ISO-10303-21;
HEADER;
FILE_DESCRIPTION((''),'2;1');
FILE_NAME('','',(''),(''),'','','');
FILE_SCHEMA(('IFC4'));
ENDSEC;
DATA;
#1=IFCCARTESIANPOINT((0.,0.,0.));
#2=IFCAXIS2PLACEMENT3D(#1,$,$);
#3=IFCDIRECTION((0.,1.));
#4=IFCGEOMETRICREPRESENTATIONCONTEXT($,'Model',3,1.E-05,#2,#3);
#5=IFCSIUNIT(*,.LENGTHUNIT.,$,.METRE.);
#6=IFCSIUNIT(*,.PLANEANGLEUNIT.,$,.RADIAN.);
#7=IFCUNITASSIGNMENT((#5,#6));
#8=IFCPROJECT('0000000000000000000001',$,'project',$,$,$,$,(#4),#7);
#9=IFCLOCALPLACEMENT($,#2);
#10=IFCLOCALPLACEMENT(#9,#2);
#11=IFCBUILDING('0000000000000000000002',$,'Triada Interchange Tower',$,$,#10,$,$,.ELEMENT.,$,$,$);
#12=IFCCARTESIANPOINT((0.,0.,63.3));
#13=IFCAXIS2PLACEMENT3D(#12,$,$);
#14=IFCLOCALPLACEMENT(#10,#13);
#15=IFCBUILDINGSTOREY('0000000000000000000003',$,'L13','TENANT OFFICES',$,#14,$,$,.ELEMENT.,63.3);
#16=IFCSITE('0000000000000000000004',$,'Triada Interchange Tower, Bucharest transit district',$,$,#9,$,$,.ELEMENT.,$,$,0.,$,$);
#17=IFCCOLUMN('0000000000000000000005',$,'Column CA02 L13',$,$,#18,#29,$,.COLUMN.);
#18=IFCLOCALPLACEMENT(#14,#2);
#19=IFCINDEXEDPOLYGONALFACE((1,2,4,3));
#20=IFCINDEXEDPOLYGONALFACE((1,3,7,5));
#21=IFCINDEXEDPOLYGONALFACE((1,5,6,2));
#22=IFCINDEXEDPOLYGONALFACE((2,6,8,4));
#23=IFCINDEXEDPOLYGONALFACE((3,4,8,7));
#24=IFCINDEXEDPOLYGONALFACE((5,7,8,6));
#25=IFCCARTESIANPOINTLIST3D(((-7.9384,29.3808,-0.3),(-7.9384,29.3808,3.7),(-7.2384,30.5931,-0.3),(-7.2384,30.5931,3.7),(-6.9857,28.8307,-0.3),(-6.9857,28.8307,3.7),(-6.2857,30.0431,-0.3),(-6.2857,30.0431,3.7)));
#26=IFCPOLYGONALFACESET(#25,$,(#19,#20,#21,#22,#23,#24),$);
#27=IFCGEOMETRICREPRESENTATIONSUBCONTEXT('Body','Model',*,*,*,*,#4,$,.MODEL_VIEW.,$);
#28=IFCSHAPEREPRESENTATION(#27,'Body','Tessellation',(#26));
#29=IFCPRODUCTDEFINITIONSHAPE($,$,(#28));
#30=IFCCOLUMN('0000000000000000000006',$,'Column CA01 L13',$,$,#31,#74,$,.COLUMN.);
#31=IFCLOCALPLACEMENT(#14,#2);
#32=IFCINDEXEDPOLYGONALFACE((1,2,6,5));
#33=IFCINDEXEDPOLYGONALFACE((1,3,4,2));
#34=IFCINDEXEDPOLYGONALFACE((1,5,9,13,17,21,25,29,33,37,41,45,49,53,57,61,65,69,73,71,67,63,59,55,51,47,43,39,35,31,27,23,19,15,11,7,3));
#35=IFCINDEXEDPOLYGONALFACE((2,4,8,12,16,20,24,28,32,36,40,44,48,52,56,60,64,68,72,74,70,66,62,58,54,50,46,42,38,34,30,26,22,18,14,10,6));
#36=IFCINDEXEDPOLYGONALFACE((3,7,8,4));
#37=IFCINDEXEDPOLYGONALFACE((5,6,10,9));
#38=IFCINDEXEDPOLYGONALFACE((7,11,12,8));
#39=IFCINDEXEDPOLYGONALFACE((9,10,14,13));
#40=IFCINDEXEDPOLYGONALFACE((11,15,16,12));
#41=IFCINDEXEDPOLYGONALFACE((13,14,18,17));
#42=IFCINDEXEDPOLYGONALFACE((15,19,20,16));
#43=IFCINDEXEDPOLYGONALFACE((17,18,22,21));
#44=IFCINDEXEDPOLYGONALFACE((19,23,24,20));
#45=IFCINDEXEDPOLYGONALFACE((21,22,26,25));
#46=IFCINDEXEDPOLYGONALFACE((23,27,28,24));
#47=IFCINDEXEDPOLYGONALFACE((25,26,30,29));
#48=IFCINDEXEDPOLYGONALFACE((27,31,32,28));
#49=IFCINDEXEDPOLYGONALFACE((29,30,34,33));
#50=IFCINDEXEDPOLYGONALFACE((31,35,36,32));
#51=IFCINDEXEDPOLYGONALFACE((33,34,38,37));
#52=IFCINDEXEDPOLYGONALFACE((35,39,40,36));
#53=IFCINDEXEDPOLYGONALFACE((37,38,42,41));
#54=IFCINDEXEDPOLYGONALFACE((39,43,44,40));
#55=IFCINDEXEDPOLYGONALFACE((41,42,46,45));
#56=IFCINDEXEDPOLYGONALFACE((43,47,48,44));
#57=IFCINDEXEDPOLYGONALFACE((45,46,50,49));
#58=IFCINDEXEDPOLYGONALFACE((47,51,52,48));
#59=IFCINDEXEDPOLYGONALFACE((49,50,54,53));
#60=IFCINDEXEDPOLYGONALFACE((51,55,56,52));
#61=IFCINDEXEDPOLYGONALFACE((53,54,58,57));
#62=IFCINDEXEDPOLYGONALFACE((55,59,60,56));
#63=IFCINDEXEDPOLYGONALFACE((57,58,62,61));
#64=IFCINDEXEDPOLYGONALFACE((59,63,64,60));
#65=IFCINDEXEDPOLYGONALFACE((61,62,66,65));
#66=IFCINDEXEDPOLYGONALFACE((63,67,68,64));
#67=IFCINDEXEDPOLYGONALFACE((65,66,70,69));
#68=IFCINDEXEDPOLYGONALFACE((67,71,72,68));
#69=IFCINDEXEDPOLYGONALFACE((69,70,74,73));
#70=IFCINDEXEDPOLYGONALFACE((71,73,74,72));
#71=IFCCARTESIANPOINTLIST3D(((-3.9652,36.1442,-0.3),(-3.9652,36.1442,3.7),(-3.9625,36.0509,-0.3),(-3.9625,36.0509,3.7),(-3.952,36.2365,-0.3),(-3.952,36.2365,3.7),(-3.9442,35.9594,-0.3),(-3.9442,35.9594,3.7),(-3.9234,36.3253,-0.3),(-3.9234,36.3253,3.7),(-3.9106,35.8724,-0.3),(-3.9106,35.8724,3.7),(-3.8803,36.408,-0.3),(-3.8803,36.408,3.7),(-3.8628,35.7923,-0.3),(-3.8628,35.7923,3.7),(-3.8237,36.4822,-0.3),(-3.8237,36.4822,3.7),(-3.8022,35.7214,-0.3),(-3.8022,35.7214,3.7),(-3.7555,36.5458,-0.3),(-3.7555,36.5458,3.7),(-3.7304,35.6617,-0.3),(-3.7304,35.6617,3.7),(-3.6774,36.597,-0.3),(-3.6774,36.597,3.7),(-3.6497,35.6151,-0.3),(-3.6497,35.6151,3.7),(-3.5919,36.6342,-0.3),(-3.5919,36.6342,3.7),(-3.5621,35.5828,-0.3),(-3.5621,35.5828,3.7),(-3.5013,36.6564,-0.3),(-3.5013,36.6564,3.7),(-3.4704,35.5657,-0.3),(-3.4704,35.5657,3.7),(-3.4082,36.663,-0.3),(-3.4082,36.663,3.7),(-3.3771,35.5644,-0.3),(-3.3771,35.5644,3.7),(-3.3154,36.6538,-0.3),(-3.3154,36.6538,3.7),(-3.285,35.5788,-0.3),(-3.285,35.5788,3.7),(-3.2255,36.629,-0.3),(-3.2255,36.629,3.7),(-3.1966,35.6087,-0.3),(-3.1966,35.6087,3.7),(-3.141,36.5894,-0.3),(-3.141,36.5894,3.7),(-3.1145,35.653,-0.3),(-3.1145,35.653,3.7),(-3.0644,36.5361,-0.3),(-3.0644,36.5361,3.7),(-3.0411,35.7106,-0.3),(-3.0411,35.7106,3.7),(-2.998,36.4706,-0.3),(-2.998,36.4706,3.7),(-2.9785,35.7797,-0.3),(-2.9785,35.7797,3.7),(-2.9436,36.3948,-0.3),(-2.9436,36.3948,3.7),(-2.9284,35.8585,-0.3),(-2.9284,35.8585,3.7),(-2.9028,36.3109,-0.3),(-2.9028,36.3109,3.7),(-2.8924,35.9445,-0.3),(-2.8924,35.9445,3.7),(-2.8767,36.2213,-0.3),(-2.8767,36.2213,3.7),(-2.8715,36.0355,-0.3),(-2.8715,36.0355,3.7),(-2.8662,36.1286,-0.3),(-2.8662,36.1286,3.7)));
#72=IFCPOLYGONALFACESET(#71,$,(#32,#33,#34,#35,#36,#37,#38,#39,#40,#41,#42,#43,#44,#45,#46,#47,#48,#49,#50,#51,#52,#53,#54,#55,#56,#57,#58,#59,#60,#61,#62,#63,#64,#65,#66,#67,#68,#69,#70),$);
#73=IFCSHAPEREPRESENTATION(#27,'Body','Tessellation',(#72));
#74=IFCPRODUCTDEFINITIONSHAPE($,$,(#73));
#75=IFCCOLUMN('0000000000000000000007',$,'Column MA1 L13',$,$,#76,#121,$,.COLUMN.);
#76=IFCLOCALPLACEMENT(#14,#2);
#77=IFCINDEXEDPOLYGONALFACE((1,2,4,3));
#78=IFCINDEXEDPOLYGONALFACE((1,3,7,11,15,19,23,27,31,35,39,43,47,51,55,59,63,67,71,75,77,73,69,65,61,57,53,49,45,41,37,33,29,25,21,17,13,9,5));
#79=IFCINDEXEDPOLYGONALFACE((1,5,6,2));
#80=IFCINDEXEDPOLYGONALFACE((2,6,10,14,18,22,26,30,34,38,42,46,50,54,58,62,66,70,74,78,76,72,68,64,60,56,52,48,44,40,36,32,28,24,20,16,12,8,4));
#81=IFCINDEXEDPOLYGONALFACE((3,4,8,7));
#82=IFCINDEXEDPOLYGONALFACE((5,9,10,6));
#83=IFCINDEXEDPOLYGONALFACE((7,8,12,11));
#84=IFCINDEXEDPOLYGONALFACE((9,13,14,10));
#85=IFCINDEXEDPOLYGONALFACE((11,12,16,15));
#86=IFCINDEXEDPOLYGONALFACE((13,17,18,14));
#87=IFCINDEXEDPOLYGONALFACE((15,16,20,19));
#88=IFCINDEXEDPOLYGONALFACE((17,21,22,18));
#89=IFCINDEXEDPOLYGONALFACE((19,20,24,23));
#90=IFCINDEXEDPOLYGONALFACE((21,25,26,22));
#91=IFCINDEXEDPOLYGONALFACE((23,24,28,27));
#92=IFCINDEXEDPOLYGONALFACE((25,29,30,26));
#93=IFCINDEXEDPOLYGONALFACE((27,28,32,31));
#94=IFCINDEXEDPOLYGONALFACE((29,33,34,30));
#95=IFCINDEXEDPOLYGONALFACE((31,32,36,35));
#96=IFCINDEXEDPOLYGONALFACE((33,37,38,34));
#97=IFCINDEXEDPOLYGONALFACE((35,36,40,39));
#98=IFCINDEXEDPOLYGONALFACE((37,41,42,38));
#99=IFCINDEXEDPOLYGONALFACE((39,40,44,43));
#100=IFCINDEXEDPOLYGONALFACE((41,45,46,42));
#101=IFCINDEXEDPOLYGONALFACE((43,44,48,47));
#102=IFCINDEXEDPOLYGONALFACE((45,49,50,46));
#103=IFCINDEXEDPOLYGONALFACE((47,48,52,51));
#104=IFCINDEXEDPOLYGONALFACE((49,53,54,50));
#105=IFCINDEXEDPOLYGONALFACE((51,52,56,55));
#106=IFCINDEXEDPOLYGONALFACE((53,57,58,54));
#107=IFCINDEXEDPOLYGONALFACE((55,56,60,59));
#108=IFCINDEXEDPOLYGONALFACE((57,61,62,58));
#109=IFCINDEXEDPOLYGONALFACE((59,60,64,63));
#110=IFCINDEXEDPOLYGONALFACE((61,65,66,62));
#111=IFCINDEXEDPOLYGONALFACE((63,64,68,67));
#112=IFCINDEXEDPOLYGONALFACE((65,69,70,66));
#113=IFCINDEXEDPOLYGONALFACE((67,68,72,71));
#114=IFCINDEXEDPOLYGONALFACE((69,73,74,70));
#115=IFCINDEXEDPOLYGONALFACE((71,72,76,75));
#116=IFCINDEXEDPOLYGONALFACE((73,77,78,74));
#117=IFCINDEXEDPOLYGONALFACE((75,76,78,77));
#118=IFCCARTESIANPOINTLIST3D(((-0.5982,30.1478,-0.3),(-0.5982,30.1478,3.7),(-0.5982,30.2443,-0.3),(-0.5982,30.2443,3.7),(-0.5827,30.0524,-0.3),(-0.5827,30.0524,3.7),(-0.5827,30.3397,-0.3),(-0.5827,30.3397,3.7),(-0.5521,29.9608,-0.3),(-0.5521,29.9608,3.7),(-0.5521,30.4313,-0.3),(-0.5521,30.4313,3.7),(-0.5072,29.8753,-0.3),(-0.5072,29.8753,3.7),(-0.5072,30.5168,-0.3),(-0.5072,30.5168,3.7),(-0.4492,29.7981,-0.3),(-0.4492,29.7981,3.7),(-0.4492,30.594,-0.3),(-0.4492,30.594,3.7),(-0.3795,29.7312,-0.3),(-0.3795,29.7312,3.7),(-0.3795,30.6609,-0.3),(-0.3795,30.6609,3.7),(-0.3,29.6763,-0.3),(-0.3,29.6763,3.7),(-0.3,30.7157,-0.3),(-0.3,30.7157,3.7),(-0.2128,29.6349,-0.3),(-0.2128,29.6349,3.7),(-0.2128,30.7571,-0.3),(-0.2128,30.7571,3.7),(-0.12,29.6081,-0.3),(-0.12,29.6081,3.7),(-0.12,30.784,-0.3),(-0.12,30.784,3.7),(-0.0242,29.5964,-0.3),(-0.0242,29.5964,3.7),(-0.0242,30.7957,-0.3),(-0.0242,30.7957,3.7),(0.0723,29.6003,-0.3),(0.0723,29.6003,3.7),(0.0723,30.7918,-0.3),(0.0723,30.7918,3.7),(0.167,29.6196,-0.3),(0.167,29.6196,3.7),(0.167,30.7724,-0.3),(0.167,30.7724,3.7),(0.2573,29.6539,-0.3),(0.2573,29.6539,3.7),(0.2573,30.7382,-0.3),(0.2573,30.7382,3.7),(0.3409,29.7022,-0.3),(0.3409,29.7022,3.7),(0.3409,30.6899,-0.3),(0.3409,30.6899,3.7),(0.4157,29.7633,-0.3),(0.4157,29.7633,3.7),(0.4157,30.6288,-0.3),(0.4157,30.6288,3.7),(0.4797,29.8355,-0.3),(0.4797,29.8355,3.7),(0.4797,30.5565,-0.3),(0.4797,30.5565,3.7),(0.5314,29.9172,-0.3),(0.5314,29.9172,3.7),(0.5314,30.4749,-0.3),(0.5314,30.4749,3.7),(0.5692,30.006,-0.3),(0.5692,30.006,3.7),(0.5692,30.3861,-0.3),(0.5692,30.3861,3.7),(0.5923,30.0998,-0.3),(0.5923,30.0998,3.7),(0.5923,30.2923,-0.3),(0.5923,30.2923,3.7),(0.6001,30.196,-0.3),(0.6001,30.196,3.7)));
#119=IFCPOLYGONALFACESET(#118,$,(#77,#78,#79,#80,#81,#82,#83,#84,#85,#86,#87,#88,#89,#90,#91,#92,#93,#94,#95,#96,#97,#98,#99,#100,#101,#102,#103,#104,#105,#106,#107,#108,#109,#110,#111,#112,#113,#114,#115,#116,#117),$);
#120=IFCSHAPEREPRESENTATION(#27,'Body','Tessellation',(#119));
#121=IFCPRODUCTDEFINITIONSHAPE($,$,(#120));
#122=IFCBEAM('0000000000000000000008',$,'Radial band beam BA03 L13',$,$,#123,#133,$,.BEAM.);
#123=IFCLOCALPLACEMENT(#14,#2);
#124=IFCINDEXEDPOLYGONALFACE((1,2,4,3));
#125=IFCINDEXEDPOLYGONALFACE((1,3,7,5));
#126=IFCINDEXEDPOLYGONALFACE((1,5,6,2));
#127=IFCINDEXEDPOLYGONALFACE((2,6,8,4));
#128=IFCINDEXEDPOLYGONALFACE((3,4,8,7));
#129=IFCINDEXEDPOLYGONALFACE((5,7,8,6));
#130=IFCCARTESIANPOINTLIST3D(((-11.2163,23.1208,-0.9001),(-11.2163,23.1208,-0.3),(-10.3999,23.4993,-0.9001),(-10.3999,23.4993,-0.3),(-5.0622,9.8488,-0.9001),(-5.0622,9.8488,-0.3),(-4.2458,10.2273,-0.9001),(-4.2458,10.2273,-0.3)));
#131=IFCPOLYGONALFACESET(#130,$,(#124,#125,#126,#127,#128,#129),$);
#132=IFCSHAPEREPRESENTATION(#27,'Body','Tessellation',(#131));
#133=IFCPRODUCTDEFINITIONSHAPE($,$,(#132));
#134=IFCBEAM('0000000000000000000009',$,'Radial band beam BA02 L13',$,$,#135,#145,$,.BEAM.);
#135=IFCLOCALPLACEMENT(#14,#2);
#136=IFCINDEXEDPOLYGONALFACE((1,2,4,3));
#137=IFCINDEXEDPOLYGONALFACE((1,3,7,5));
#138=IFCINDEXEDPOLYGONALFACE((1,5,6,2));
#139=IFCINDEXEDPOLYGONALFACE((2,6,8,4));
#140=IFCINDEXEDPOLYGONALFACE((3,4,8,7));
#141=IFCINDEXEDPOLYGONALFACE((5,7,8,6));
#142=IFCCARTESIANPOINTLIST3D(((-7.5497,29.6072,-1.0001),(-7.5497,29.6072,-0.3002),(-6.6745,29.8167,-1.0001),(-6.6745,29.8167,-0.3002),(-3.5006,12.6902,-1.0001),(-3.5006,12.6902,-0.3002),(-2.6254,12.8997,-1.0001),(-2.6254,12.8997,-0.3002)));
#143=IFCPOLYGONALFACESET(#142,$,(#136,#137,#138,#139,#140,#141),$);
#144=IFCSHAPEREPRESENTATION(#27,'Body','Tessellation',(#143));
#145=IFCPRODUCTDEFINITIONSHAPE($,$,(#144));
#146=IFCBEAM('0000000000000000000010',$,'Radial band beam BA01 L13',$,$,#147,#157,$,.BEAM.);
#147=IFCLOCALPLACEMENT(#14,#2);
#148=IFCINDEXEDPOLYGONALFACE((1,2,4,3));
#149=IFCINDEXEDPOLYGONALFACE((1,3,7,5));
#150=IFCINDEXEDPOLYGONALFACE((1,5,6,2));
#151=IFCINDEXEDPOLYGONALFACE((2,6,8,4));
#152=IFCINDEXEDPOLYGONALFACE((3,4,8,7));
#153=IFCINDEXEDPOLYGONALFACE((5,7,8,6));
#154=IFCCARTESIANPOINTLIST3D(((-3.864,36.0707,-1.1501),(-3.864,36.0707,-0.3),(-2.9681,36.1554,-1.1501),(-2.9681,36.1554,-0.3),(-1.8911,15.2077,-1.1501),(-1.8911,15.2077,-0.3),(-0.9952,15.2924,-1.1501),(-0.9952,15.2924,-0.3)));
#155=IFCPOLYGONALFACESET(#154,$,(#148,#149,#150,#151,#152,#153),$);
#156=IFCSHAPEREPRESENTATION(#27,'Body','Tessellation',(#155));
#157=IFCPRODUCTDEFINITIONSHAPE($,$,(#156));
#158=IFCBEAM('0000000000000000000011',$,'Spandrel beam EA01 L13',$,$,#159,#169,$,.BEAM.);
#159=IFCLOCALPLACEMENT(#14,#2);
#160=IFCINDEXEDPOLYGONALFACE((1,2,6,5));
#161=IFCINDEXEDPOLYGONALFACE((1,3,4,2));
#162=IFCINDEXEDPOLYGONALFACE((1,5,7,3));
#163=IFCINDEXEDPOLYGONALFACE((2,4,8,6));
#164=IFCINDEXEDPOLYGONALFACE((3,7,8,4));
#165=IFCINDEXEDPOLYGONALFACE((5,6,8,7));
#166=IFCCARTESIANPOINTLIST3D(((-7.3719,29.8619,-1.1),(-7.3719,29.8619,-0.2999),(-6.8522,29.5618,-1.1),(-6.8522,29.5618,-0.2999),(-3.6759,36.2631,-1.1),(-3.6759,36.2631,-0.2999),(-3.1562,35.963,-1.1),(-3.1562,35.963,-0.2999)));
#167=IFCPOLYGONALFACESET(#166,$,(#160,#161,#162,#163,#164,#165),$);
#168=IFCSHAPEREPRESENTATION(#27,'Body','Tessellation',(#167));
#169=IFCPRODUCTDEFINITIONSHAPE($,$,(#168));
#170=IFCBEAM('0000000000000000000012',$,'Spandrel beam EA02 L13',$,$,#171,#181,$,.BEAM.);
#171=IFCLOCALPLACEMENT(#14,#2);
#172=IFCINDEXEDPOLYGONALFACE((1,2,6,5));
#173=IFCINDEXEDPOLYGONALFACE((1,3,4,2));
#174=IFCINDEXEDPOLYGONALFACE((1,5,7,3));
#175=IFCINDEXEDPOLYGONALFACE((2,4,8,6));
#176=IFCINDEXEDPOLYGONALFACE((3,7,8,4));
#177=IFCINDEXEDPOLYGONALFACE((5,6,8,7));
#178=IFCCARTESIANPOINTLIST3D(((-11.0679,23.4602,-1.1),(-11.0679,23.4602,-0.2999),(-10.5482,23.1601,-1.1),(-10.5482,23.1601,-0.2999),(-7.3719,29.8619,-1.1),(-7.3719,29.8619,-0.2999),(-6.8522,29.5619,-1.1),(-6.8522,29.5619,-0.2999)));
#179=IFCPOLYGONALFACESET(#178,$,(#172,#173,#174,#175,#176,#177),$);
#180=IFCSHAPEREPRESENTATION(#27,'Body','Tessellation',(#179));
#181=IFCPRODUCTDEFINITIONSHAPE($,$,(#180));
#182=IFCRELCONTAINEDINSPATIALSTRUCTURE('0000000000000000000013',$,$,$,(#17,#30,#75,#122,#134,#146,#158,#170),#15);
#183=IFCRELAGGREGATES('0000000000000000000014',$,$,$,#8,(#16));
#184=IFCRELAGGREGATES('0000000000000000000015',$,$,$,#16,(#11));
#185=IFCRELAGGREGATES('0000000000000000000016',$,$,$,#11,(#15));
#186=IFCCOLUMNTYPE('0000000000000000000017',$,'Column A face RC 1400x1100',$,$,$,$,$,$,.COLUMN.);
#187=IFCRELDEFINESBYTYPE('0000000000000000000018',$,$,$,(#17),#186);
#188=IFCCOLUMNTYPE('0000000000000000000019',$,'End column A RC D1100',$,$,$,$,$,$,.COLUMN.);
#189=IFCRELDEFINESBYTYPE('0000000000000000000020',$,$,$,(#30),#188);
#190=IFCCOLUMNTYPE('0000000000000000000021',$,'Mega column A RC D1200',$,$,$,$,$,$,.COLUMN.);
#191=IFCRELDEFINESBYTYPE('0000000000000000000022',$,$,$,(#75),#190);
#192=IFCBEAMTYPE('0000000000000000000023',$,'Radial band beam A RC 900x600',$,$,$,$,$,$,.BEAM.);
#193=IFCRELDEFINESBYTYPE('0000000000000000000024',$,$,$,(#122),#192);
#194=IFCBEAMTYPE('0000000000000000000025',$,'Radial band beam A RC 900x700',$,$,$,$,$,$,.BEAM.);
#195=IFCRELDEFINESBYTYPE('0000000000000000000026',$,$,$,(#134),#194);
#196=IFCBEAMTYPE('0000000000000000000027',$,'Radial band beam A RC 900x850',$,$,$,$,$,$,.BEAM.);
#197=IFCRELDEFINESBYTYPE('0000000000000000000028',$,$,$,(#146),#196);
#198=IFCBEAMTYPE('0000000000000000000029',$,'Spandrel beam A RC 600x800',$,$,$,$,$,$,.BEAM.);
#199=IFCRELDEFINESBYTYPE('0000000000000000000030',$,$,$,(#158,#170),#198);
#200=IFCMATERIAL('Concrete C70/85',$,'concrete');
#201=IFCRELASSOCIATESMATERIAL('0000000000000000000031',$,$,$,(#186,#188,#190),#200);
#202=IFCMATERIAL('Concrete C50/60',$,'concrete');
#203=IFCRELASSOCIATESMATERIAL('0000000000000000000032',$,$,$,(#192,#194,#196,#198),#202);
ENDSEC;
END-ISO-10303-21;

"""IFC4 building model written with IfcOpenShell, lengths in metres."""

from ifc_helpers import new_model, si_unit, direction, frame, origin, origin_2d, place, context, subcontext, project, spatial, rectangle, circle, extrude, material, material_profile, profile_set, type_object, element, save


model = new_model("IFC4")

# Units and contexts
model_context = context("Model", 3, precision=1e-05, world=origin(), true_north=direction((0.0, 1.0)))
body_context = subcontext(model_context, "Body", "Model", "MODEL_VIEW")
ifc_project = project(units=[si_unit("LENGTHUNIT", "METRE"), si_unit("PLANEANGLEUNIT", "RADIAN")], contexts=[model_context])

# Site, building, storey
site_placement = place(None, origin())
site = spatial("IfcSite", under=ifc_project, at=site_placement, Name="Triada Interchange Tower, Bucharest transit district", CompositionType="ELEMENT", RefElevation=0.0)
building_placement = place(site_placement, origin())
building = spatial("IfcBuilding", under=site, at=building_placement, Name="Triada Interchange Tower", CompositionType="ELEMENT")
storey_placement = place(building_placement, frame((0.0, 0.0, 63.3)))
storey = spatial("IfcBuildingStorey", under=building, at=storey_placement, Name="L13", Description="TENANT OFFICES", CompositionType="ELEMENT", Elevation=63.3)

# Columns
ifc_material_1 = material(Name="Concrete C70/85", Category="concrete")
ifc_material_profile_1 = material_profile(ifc_material_1, rectangle(XDim=1.3999, YDim=1.1001, at=origin_2d()), Name="RC 1400x1100")
ifc_profile_set_1 = profile_set([ifc_material_profile_1], Name="Concrete C70/85")
column_type_1 = type_object("IfcColumnType", Name="Column A face RC 1400x1100", PredefinedType="COLUMN", material=ifc_profile_set_1)
column_1_placement = place(storey_placement, frame((-7.1121, 29.7119, -0.3), z_axis=(0.0, 0.0, 1.0), x_axis=(0.5, 0.866025, 0.0)))
element("IfcColumn", 1, at=column_1_placement, inside=storey, type_object=column_type_1, Name="Column CA02 L13", PredefinedType="COLUMN", context=body_context, shape_type="SweptSolid", body=[
    extrude(rectangle(XDim=1.3999, YDim=1.1001, at=origin_2d()), origin(), (0.0, 0.0, 1.0), 4.0),
])
ifc_material_profile_2 = material_profile(ifc_material_1, circle(Radius=0.55, at=origin_2d()), Name="RC D1100")
ifc_profile_set_2 = profile_set([ifc_material_profile_2], Name="Concrete C70/85")
column_type_2 = type_object("IfcColumnType", Name="End column A RC D1100", PredefinedType="COLUMN", material=ifc_profile_set_2)
column_2_placement = place(storey_placement, frame((-3.416, 36.113, -0.3), z_axis=(0.0, 0.0, 1.0), x_axis=(0.5, 0.866025, 0.0)))
element("IfcColumn", 2, at=column_2_placement, inside=storey, type_object=column_type_2, Name="Column CA01 L13", PredefinedType="COLUMN", context=body_context, shape_type="SweptSolid", body=[
    extrude(circle(Radius=0.55, at=origin_2d()), origin(), (0.0, 0.0, 1.0), 4.0),
])
ifc_material_profile_3 = material_profile(ifc_material_1, circle(Radius=0.6001, at=origin_2d()), Name="RC D1200")
ifc_profile_set_3 = profile_set([ifc_material_profile_3], Name="Concrete C70/85")
column_type_3 = type_object("IfcColumnType", Name="Mega column A RC D1200", PredefinedType="COLUMN", material=ifc_profile_set_3)
column_3_placement = place(storey_placement, frame((0.0, 30.196, -0.3), z_axis=(0.0, 0.0, 1.0), x_axis=(1.0, 0.0, 0.0)))
element("IfcColumn", 3, at=column_3_placement, inside=storey, type_object=column_type_3, Name="Column MA1 L13", PredefinedType="COLUMN", context=body_context, shape_type="SweptSolid", body=[
    extrude(circle(Radius=0.6001, at=origin_2d()), origin(), (0.0, 0.0, 1.0), 4.0),
])

# Beams
ifc_material_2 = material(Name="Concrete C50/60", Category="concrete")
ifc_material_profile_4 = material_profile(ifc_material_2, rectangle(XDim=0.8999, YDim=0.6001, at=origin_2d()), Name="RC 900x600")
ifc_profile_set_4 = profile_set([ifc_material_profile_4], Name="Concrete C50/60")
beam_type_1 = type_object("IfcBeamType", Name="Radial band beam A RC 900x600", PredefinedType="BEAM", material=ifc_profile_set_4)
beam_1_placement = place(storey_placement, frame((-10.8081, 23.3101, -0.6001), z_axis=(0.420665, -0.907216, 0.0), x_axis=(0.907216, 0.420665, 0.0)))
element("IfcBeam", 4, at=beam_1_placement, inside=storey, type_object=beam_type_1, Name="Radial band beam BA03 L13", PredefinedType="BEAM", context=body_context, shape_type="SweptSolid", body=[
    extrude(rectangle(XDim=0.8999, YDim=0.6001, at=origin_2d()), origin(), (0.0, 0.0, 1.0), 14.6294),
])
ifc_material_profile_5 = material_profile(ifc_material_2, rectangle(XDim=0.8999, YDim=0.7, at=origin_2d()), Name="RC 900x700")
ifc_profile_set_5 = profile_set([ifc_material_profile_5], Name="Concrete C50/60")
beam_type_2 = type_object("IfcBeamType", Name="Radial band beam A RC 900x700", PredefinedType="BEAM", material=ifc_profile_set_5)
beam_2_placement = place(storey_placement, frame((-7.1121, 29.7119, -0.6501), z_axis=(0.232775, -0.972531, 0.0), x_axis=(0.972531, 0.232775, 0.0)))
element("IfcBeam", 5, at=beam_2_placement, inside=storey, type_object=beam_type_2, Name="Radial band beam BA02 L13", PredefinedType="BEAM", context=body_context, shape_type="SweptSolid", body=[
    extrude(rectangle(XDim=0.8999, YDim=0.7, at=origin_2d()), origin(), (0.0, 0.0, 1.0), 17.3948),
])
ifc_material_profile_6 = material_profile(ifc_material_2, rectangle(XDim=0.8999, YDim=0.8501, at=origin_2d()), Name="RC 900x850")
ifc_profile_set_6 = profile_set([ifc_material_profile_6], Name="Concrete C50/60")
beam_type_3 = type_object("IfcBeamType", Name="Radial band beam A RC 900x850", PredefinedType="BEAM", material=ifc_profile_set_6)
beam_3_placement = place(storey_placement, frame((-3.416, 36.113, -0.7251), z_axis=(0.094144, -0.995559, 0.0), x_axis=(0.995559, 0.094144, 0.0)))
element("IfcBeam", 6, at=beam_3_placement, inside=storey, type_object=beam_type_3, Name="Radial band beam BA01 L13", PredefinedType="BEAM", context=body_context, shape_type="SweptSolid", body=[
    extrude(rectangle(XDim=0.8999, YDim=0.8501, at=origin_2d()), origin(), (0.0, 0.0, 1.0), 20.9561),
])
ifc_material_profile_7 = material_profile(ifc_material_2, rectangle(XDim=0.6001, YDim=0.8, at=origin_2d()), Name="RC 600x800")
ifc_profile_set_7 = profile_set([ifc_material_profile_7], Name="Concrete C50/60")
beam_type_4 = type_object("IfcBeamType", Name="Spandrel beam A RC 600x800", PredefinedType="BEAM", material=ifc_profile_set_7)
beam_4_placement = place(storey_placement, frame((-3.416, 36.113, -0.7), z_axis=(-0.500036, -0.866005, 0.0), x_axis=(0.866005, -0.500036, 0.0)))
element("IfcBeam", 7, at=beam_4_placement, inside=storey, type_object=beam_type_4, Name="Spandrel beam EA01 L13", PredefinedType="BEAM", context=body_context, shape_type="SweptSolid", body=[
    extrude(rectangle(XDim=0.6001, YDim=0.8, at=origin_2d()), origin(), (0.0, 0.0, 1.0), 7.3916),
])
beam_5_placement = place(storey_placement, frame((-7.1121, 29.7119, -0.7), z_axis=(-0.499993, -0.866029, 0.0), x_axis=(0.866029, -0.499993, 0.0)))
element("IfcBeam", 8, at=beam_5_placement, inside=storey, type_object=beam_type_4, Name="Spandrel beam EA02 L13", PredefinedType="BEAM", context=body_context, shape_type="SweptSolid", body=[
    extrude(rectangle(XDim=0.6001, YDim=0.8, at=origin_2d()), origin(), (0.0, 0.0, 1.0), 7.3921),
])

save(model, "model.ifc")
